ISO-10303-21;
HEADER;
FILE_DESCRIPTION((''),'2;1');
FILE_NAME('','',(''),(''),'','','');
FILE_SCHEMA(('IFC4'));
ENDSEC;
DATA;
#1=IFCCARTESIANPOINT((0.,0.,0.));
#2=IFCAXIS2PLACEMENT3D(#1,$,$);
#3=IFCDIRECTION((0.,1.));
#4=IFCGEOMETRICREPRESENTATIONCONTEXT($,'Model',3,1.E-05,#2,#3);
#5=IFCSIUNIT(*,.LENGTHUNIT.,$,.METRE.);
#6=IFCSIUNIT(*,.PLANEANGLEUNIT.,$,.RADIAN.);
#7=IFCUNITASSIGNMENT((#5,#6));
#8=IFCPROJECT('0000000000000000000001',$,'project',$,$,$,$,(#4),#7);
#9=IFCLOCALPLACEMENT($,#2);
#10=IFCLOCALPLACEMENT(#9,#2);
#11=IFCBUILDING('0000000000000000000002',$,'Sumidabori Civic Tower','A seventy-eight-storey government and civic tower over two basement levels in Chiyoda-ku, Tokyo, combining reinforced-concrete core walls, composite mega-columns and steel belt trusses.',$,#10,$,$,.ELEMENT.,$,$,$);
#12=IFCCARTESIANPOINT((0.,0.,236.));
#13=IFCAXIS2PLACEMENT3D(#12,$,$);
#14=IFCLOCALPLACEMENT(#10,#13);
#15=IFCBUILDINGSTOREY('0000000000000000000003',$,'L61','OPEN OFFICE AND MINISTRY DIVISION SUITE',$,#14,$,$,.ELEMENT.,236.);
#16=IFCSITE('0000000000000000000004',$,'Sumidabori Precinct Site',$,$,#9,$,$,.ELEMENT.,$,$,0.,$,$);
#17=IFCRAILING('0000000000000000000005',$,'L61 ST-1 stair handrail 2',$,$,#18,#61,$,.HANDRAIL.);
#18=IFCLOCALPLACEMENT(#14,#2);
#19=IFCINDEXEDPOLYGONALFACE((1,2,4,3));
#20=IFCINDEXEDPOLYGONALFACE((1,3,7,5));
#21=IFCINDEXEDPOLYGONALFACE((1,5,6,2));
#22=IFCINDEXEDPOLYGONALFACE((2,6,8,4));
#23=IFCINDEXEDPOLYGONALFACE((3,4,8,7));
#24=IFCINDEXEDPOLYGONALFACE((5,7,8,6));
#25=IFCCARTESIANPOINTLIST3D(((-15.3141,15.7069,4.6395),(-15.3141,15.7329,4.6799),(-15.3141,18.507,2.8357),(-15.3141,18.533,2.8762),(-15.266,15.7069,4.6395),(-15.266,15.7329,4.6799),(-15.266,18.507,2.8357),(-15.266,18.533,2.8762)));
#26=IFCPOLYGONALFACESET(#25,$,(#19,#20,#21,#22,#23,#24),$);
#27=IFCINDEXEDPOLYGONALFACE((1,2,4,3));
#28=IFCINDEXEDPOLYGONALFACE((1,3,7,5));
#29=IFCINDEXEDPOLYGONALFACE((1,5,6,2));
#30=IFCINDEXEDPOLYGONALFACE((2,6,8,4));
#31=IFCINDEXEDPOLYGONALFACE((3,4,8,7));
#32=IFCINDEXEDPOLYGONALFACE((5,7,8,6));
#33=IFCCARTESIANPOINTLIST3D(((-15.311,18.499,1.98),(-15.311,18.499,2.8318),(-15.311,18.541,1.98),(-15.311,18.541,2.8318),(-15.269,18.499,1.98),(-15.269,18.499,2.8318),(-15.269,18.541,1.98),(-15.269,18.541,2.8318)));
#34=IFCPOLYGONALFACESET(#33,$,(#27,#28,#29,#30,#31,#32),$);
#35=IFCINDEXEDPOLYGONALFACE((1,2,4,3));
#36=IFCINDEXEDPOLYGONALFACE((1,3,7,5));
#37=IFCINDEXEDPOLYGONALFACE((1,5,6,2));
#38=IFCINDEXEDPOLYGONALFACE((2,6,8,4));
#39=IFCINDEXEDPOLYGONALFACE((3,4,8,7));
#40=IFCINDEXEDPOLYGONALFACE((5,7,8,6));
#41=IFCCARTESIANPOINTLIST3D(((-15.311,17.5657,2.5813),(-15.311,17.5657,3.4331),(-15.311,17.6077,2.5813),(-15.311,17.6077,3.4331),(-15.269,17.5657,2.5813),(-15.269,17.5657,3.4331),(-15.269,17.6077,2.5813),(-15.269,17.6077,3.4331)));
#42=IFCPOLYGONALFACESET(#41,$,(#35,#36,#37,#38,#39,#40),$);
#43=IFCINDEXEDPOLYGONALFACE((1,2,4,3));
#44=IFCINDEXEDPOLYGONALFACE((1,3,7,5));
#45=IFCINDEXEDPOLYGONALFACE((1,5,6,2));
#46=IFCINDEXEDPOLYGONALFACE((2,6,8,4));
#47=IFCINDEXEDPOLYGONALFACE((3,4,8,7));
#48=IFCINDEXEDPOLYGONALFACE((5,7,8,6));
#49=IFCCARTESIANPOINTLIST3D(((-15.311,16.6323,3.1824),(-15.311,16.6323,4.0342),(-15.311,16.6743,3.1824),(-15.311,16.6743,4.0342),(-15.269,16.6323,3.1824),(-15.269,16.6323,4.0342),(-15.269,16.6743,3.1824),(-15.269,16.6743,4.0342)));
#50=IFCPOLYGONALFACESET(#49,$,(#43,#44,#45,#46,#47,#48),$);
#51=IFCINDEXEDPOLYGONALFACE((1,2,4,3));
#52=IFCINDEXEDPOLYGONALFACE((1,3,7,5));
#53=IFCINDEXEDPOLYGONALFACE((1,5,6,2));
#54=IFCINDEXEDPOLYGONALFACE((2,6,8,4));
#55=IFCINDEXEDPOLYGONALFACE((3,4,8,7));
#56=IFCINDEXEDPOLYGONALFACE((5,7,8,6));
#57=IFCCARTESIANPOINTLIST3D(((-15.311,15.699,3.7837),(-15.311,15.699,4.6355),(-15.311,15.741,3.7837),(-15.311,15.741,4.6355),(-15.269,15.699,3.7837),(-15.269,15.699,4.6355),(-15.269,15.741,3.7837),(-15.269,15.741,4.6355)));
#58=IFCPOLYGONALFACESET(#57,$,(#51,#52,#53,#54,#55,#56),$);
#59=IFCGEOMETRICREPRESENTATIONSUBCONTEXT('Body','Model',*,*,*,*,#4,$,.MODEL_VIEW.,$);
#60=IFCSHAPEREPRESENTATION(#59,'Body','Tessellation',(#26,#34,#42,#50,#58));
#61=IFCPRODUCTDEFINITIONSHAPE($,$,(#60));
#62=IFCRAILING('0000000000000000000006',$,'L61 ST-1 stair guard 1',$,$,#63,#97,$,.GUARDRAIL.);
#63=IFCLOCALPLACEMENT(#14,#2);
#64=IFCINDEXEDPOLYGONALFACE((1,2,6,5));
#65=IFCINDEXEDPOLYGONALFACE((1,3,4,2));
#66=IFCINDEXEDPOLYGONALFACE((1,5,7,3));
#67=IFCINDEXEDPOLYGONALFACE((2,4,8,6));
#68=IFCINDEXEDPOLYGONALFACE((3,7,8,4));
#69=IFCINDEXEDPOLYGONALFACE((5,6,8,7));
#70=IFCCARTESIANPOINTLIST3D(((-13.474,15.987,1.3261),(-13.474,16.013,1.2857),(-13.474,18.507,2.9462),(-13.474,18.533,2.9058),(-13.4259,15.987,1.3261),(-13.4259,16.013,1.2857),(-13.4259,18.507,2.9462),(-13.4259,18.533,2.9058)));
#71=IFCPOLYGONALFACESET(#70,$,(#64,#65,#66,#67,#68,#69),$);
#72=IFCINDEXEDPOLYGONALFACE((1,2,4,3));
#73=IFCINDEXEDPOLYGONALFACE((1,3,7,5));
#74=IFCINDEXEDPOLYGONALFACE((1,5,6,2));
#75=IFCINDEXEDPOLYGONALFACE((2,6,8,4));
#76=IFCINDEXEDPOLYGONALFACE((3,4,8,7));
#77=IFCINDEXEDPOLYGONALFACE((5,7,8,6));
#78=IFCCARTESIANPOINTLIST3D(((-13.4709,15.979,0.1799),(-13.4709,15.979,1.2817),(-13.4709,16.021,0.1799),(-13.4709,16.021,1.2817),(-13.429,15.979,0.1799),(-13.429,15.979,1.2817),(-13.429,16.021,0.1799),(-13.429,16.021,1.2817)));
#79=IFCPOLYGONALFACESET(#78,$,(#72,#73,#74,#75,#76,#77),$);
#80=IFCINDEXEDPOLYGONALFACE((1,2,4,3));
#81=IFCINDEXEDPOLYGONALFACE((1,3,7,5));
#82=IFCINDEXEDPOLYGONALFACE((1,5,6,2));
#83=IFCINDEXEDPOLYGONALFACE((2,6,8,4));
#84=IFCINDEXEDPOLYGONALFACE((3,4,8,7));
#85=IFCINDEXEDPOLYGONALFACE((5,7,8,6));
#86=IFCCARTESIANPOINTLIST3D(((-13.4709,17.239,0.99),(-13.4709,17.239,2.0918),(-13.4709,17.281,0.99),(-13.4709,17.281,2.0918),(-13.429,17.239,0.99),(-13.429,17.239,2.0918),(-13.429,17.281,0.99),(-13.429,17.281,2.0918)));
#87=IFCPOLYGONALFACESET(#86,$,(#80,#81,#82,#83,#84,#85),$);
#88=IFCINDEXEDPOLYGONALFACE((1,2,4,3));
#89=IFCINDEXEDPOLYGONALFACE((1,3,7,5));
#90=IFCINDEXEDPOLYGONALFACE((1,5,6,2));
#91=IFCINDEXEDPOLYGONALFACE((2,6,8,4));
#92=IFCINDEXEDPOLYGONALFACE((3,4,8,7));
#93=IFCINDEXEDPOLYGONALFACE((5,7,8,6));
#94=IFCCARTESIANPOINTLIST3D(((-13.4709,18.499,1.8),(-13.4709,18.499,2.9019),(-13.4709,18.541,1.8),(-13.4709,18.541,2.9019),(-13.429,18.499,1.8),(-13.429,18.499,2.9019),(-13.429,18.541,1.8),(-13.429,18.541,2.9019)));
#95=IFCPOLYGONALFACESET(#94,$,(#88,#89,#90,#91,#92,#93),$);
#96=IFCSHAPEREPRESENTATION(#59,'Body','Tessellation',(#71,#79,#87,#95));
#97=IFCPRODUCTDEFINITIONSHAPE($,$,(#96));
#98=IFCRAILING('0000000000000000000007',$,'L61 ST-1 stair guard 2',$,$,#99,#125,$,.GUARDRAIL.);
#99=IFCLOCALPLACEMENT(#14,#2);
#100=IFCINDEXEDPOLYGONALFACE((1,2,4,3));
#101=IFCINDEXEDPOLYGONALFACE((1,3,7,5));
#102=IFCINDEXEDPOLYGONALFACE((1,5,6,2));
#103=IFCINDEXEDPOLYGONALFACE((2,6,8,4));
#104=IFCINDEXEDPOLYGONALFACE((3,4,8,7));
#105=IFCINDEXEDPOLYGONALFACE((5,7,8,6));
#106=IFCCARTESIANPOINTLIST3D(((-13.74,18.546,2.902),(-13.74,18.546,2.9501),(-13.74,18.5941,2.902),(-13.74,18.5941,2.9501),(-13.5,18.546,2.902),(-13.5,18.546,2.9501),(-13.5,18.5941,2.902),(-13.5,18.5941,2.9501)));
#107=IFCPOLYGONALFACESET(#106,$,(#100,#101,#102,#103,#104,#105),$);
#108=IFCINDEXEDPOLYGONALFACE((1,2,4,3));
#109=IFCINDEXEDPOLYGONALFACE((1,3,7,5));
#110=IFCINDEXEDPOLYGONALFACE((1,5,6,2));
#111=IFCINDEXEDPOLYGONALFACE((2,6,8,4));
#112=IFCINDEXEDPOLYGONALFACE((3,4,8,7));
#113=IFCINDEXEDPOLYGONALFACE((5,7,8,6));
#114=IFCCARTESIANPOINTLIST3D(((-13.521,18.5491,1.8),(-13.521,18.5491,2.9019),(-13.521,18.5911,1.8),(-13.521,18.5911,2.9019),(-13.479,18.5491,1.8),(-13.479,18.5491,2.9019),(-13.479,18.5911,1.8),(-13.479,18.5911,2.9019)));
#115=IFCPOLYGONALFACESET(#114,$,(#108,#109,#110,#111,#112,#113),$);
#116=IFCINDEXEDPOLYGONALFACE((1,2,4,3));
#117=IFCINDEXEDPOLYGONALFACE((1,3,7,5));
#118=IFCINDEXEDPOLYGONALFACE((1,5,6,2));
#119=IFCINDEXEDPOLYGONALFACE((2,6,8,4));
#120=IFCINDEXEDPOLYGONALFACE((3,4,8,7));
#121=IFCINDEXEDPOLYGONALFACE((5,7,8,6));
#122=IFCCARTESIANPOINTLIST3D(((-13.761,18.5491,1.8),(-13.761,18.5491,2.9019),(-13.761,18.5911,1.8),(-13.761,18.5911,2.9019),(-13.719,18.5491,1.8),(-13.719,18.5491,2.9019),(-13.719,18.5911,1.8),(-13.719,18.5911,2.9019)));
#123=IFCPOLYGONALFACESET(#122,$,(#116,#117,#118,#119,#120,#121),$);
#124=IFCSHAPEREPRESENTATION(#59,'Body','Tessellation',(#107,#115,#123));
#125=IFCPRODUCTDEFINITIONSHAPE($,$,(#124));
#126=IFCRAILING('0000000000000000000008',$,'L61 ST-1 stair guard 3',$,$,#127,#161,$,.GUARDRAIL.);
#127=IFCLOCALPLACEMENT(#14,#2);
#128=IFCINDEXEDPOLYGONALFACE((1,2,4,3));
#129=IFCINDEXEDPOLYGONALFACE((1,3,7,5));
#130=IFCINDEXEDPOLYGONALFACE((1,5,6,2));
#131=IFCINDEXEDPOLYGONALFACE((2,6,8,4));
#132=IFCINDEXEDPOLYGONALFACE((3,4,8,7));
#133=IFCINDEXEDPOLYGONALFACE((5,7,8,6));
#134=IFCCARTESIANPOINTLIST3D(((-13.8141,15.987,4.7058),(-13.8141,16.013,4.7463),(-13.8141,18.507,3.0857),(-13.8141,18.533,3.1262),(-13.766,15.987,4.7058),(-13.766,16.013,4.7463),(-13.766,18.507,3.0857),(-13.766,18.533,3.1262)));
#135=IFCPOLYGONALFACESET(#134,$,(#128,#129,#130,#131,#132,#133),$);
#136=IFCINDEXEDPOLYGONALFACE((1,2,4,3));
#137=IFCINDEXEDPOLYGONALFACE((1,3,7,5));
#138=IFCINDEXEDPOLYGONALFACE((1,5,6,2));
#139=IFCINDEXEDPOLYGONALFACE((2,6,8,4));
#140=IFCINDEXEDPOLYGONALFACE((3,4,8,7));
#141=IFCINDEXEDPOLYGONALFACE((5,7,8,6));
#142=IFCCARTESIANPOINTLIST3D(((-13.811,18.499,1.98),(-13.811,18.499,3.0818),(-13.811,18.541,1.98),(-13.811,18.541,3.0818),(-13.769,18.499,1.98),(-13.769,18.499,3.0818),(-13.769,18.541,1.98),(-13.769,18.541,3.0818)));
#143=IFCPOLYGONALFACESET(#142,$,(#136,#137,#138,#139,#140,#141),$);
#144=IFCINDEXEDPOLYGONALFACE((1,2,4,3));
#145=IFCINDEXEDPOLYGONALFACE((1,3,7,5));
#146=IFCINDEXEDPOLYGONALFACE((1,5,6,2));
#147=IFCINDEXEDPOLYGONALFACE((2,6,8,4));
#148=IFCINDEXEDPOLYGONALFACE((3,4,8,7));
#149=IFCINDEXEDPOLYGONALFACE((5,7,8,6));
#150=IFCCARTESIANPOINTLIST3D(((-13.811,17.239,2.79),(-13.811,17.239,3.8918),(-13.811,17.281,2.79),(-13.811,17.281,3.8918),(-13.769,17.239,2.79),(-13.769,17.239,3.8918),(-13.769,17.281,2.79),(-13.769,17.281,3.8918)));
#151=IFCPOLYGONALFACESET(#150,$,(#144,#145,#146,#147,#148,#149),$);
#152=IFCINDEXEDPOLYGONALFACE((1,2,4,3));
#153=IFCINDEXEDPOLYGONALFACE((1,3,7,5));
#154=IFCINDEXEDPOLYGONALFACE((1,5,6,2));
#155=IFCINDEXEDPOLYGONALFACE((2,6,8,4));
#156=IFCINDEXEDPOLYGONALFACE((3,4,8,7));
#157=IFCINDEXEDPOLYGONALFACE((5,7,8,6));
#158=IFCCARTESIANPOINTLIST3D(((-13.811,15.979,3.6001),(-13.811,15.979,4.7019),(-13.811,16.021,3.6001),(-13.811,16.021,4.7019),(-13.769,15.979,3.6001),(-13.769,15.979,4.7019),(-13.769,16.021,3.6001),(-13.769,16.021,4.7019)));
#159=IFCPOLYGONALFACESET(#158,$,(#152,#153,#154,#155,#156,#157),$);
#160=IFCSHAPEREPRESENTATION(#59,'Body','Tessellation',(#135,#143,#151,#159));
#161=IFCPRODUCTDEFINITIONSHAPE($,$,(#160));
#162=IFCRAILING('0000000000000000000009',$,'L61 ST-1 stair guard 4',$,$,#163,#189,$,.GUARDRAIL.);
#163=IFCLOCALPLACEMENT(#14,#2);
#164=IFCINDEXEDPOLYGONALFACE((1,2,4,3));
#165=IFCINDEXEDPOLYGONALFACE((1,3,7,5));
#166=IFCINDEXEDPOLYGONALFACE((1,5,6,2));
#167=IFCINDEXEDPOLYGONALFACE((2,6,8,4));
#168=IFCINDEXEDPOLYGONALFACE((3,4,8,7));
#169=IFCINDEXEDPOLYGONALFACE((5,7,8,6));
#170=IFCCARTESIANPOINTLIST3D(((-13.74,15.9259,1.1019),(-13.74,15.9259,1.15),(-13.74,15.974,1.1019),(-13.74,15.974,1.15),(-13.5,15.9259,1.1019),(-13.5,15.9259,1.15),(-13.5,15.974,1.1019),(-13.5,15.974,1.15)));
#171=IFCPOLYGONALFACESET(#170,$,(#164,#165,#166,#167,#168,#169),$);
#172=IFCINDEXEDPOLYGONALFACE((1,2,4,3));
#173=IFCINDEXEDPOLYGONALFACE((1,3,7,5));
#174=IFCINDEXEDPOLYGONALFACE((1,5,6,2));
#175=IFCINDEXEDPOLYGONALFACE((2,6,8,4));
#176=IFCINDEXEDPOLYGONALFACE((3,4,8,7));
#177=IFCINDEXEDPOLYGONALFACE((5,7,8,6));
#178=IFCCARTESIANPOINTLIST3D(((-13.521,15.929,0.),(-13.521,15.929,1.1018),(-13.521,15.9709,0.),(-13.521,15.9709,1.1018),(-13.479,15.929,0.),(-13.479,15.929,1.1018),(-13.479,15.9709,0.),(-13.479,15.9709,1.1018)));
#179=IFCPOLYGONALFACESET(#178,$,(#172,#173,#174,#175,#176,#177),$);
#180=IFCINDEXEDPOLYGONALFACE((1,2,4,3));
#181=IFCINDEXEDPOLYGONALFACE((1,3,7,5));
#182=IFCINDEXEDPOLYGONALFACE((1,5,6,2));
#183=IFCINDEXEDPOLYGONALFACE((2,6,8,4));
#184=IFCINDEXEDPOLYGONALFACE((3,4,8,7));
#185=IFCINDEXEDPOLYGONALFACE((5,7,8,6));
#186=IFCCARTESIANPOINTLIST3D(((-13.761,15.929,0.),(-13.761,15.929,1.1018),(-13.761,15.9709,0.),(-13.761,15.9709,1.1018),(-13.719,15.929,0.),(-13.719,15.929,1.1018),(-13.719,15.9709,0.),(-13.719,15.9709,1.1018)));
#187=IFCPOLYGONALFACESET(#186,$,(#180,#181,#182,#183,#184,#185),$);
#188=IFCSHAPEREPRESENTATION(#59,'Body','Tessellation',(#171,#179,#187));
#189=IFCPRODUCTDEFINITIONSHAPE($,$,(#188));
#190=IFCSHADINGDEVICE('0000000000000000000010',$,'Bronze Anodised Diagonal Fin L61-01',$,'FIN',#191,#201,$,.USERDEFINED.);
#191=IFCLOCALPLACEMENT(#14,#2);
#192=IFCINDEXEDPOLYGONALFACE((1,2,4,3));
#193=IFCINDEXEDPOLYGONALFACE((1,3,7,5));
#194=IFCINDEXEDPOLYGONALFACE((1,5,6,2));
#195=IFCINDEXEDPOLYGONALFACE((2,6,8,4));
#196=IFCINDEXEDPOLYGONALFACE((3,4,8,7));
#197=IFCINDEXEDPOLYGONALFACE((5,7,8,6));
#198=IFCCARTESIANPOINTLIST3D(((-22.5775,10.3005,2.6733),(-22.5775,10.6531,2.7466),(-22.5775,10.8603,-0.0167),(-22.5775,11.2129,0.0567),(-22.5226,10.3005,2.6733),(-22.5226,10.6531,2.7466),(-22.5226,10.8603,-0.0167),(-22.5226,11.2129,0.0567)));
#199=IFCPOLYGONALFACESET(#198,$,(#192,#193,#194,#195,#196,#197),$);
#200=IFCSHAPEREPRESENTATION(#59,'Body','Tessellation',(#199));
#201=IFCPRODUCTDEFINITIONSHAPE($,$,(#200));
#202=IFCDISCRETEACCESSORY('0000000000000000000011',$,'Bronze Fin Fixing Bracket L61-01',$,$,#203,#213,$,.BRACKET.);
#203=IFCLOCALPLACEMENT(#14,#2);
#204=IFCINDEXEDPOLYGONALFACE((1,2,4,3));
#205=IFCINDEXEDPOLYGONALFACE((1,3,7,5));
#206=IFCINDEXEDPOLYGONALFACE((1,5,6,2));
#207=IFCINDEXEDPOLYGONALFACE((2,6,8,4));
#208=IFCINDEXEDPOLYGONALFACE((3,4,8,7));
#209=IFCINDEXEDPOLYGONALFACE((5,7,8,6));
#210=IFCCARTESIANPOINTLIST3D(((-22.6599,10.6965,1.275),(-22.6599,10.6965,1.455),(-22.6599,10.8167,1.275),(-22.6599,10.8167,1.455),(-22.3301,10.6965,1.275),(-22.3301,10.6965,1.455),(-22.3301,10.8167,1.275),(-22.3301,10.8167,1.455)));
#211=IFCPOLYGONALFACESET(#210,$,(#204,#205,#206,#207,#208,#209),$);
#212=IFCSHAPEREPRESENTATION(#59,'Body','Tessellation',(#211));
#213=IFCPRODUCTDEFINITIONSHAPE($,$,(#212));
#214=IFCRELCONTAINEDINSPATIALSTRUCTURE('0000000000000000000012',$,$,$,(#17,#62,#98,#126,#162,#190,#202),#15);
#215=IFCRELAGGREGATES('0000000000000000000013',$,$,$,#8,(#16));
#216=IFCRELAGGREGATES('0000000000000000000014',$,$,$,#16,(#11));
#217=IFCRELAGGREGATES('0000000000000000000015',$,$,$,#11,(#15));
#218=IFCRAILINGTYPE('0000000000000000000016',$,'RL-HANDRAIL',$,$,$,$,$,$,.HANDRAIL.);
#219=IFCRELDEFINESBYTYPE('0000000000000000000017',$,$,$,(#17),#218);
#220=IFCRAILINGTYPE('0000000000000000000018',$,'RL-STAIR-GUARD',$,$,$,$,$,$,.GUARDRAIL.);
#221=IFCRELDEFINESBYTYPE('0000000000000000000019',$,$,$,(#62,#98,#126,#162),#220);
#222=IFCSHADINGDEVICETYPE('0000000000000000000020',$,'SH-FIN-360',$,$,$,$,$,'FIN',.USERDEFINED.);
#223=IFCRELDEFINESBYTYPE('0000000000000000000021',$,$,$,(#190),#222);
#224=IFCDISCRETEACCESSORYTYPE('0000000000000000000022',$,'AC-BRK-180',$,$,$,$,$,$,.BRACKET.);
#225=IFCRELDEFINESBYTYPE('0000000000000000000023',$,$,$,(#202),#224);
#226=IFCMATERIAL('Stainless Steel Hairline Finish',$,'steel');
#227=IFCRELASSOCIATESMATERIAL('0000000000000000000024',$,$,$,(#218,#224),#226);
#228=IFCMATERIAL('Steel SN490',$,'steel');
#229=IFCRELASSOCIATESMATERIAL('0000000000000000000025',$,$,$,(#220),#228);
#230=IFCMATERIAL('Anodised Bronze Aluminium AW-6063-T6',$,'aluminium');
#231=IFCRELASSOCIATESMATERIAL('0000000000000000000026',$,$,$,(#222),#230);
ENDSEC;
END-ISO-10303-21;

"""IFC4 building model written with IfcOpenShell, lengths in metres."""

from ifc_helpers import new_model, si_unit, direction, frame, origin, origin_2d, place, context, subcontext, project, spatial, rectangle, extrude, source, transform, mapped, material, material_profile, profile_set, type_object, element, save


model = new_model("IFC4")

# Units and contexts
model_context = context("Model", 3, precision=1e-05, world=origin(), true_north=direction((0.0, 1.0)))
body_context = subcontext(model_context, "Body", "Model", "MODEL_VIEW")
ifc_project = project(units=[si_unit("LENGTHUNIT", "METRE"), si_unit("PLANEANGLEUNIT", "RADIAN")], contexts=[model_context])

# Site, building, storey
site_placement = place(None, origin())
site = spatial("IfcSite", under=ifc_project, at=site_placement, Name="Sumidabori Precinct Site", CompositionType="ELEMENT", RefElevation=0.0)
building_placement = place(site_placement, origin())
building = spatial("IfcBuilding", under=site, at=building_placement, Name="Sumidabori Civic Tower", Description="A seventy-eight-storey government and civic tower over two basement levels in Chiyoda-ku, Tokyo, combining reinforced-concrete core walls, composite mega-columns and steel belt trusses.", CompositionType="ELEMENT")
storey_placement = place(building_placement, frame((0.0, 0.0, 236.0)))
storey = spatial("IfcBuildingStorey", under=building, at=storey_placement, Name="L61", Description="OPEN OFFICE AND MINISTRY DIVISION SUITE", CompositionType="ELEMENT", Elevation=236.0)

# Shared definitions
ifc_material_1 = material(Name="Steel SN490", Category="steel")

# Shared definitions
ifc_material_2 = material(Name="Anodised Bronze Aluminium AW-6063-T6", Category="aluminium")

# Railings
ifc_material_3 = material(Name="Stainless Steel Hairline Finish", Category="steel")
railing_type_1 = type_object("IfcRailingType", Name="RL-HANDRAIL", PredefinedType="HANDRAIL", material=ifc_material_3)
railing_1_placement = place(storey_placement, frame((-15.29, 18.52, 1.98)))
element("IfcRailing", 1, at=railing_1_placement, inside=storey, type_object=railing_type_1, Name="L61 ST-1 stair handrail 2", PredefinedType="HANDRAIL", context=body_context, shape_type="SweptSolid", body=[
    extrude(rectangle(XDim=0.0481, YDim=0.0481, at=origin_2d()), frame((0.0, 0.0, 0.876), z_axis=(0.0, -0.840676, 0.541539), x_axis=(1.0, 0.0, 0.0)), (0.0, 0.0, 1.0), 3.3308),
    extrude(rectangle(XDim=0.042, YDim=0.042, at=origin_2d()), origin(), (0.0, 0.0, 1.0), 0.8518),
    extrude(rectangle(XDim=0.042, YDim=0.042, at=origin_2d()), frame((0.0, -0.9333, 0.6013)), (0.0, 0.0, 1.0), 0.8518),
    extrude(rectangle(XDim=0.042, YDim=0.042, at=origin_2d()), frame((0.0, -1.8667, 1.2024)), (0.0, 0.0, 1.0), 0.8518),
    extrude(rectangle(XDim=0.042, YDim=0.042, at=origin_2d()), frame((0.0, -2.8, 1.8037)), (0.0, 0.0, 1.0), 0.8518),
])
railing_type_2 = type_object("IfcRailingType", Name="RL-STAIR-GUARD", PredefinedType="GUARDRAIL", material=ifc_material_1)
railing_2_placement = place(storey_placement, frame((-13.45, 16.0, 0.1799)))
element("IfcRailing", 2, at=railing_2_placement, inside=storey, type_object=railing_type_2, Name="L61 ST-1 stair guard 1", PredefinedType="GUARDRAIL", context=body_context, shape_type="SweptSolid", body=[
    extrude(rectangle(XDim=0.0481, YDim=0.0481, at=origin_2d()), frame((0.0, 0.0, 1.126), z_axis=(0.0, 0.841163, 0.540782), x_axis=(-1.0, 0.0, 0.0)), (0.0, 0.0, 1.0), 2.9958),
    extrude(rectangle(XDim=0.042, YDim=0.042, at=origin_2d()), origin(), (0.0, 0.0, 1.0), 1.1018),
    extrude(rectangle(XDim=0.042, YDim=0.042, at=origin_2d()), frame((0.0, 1.26, 0.8101)), (0.0, 0.0, 1.0), 1.1018),
    extrude(rectangle(XDim=0.042, YDim=0.042, at=origin_2d()), frame((0.0, 2.52, 1.6201)), (0.0, 0.0, 1.0), 1.1018),
])
railing_3_placement = place(storey_placement, frame((-13.5, 18.5701, 1.8)))
element("IfcRailing", 3, at=railing_3_placement, inside=storey, type_object=railing_type_2, Name="L61 ST-1 stair guard 2", PredefinedType="GUARDRAIL", context=body_context, shape_type="SweptSolid", body=[
    extrude(rectangle(XDim=0.0481, YDim=0.0481, at=origin_2d()), frame((0.0, 0.0, 1.126), z_axis=(-1.0, 0.0, 0.0), x_axis=(0.0, -1.0, 0.0)), (0.0, 0.0, 1.0), 0.24),
    extrude(rectangle(XDim=0.042, YDim=0.042, at=origin_2d()), origin(), (0.0, 0.0, 1.0), 1.1018),
    extrude(rectangle(XDim=0.042, YDim=0.042, at=origin_2d()), frame((-0.24, 0.0, 0.0)), (0.0, 0.0, 1.0), 1.1018),
])
railing_4_placement = place(storey_placement, frame((-13.79, 18.52, 1.98)))
element("IfcRailing", 4, at=railing_4_placement, inside=storey, type_object=railing_type_2, Name="L61 ST-1 stair guard 3", PredefinedType="GUARDRAIL", context=body_context, shape_type="SweptSolid", body=[
    extrude(rectangle(XDim=0.0481, YDim=0.0481, at=origin_2d()), frame((0.0, 0.0, 1.126), z_axis=(0.0, -0.841163, 0.540782), x_axis=(1.0, 0.0, 0.0)), (0.0, 0.0, 1.0), 2.9958),
    extrude(rectangle(XDim=0.042, YDim=0.042, at=origin_2d()), origin(), (0.0, 0.0, 1.0), 1.1018),
    extrude(rectangle(XDim=0.042, YDim=0.042, at=origin_2d()), frame((0.0, -1.26, 0.8101)), (0.0, 0.0, 1.0), 1.1018),
    extrude(rectangle(XDim=0.042, YDim=0.042, at=origin_2d()), frame((0.0, -2.52, 1.6201)), (0.0, 0.0, 1.0), 1.1018),
])
railing_5_placement = place(storey_placement, frame((-13.5, 15.95, 0.0)))
element("IfcRailing", 5, at=railing_5_placement, inside=storey, type_object=railing_type_2, Name="L61 ST-1 stair guard 4", PredefinedType="GUARDRAIL", context=body_context, shape_type="SweptSolid", body=[
    extrude(rectangle(XDim=0.0481, YDim=0.0481, at=origin_2d()), frame((0.0, 0.0, 1.126), z_axis=(-1.0, 0.0, 0.0), x_axis=(0.0, -1.0, 0.0)), (0.0, 0.0, 1.0), 0.24),
    extrude(rectangle(XDim=0.042, YDim=0.042, at=origin_2d()), origin(), (0.0, 0.0, 1.0), 1.1018),
    extrude(rectangle(XDim=0.042, YDim=0.042, at=origin_2d()), frame((-0.24, 0.0, 0.0)), (0.0, 0.0, 1.0), 1.1018),
])

# Shading device
ifc_material_profile_1 = material_profile(ifc_material_2, rectangle(XDim=0.0549, YDim=0.3601, at=origin_2d()), Name="BRONZE FIN 360x55")
ifc_profile_set_1 = profile_set([ifc_material_profile_1], Name="Anodised Bronze Aluminium AW-6063-T6")
shading_device_type = type_object("IfcShadingDeviceType", Name="SH-FIN-360", ElementType="FIN", PredefinedType="USERDEFINED", material=ifc_profile_set_1)
shared_shape_1 = source(origin(), body_context, "Body", "SweptSolid", [
    extrude(rectangle(XDim=0.0549, YDim=0.3601, at=origin_2d()), origin(), (0.0, 0.0, 1.0), 2.7476),
])
shading_device_placement = place(storey_placement, frame((-22.55, 11.0366, 0.02), z_axis=(0.0, -0.203748, 0.979023), x_axis=(-1.0, 0.0, 0.0)))
element("IfcShadingDevice", 6, at=shading_device_placement, inside=storey, type_object=shading_device_type, Name="Bronze Anodised Diagonal Fin L61-01", ObjectType="FIN", PredefinedType="USERDEFINED", context=body_context, shape_type="MappedRepresentation", body=[
    mapped(shared_shape_1, transform((0.0, 0.0, 0.0), x_axis=(1.0, 0.0, 0.0), y_axis=(0.0, 1.0, 0.0), z_axis=(0.0, 0.0, 1.0), scale=1.0)),
])

# Discrete accessory
ifc_material_profile_2 = material_profile(ifc_material_3, rectangle(XDim=0.1201, YDim=0.1799, at=origin_2d()), Name="STEEL BRACKET 180x120")
ifc_profile_set_2 = profile_set([ifc_material_profile_2], Name="Stainless Steel Hairline Finish")
discrete_accessory_type = type_object("IfcDiscreteAccessoryType", Name="AC-BRK-180", PredefinedType="BRACKET", material=ifc_profile_set_2)
shared_shape_2 = source(origin(), body_context, "Body", "SweptSolid", [
    extrude(rectangle(XDim=0.1201, YDim=0.1799, at=origin_2d()), origin(), (0.0, 0.0, 1.0), 0.3298),
])
discrete_accessory_placement = place(storey_placement, frame((-22.3301, 10.7566, 1.365), z_axis=(-1.0, 0.0, 0.0), x_axis=(0.0, -1.0, 0.0)))
element("IfcDiscreteAccessory", 7, at=discrete_accessory_placement, inside=storey, type_object=discrete_accessory_type, Name="Bronze Fin Fixing Bracket L61-01", PredefinedType="BRACKET", context=body_context, shape_type="MappedRepresentation", body=[
    mapped(shared_shape_2, transform((0.0, 0.0, 0.0), x_axis=(1.0, 0.0, 0.0), y_axis=(0.0, 1.0, 0.0), z_axis=(0.0, 0.0, 1.0), scale=1.0)),
])

save(model, "model.ifc")
